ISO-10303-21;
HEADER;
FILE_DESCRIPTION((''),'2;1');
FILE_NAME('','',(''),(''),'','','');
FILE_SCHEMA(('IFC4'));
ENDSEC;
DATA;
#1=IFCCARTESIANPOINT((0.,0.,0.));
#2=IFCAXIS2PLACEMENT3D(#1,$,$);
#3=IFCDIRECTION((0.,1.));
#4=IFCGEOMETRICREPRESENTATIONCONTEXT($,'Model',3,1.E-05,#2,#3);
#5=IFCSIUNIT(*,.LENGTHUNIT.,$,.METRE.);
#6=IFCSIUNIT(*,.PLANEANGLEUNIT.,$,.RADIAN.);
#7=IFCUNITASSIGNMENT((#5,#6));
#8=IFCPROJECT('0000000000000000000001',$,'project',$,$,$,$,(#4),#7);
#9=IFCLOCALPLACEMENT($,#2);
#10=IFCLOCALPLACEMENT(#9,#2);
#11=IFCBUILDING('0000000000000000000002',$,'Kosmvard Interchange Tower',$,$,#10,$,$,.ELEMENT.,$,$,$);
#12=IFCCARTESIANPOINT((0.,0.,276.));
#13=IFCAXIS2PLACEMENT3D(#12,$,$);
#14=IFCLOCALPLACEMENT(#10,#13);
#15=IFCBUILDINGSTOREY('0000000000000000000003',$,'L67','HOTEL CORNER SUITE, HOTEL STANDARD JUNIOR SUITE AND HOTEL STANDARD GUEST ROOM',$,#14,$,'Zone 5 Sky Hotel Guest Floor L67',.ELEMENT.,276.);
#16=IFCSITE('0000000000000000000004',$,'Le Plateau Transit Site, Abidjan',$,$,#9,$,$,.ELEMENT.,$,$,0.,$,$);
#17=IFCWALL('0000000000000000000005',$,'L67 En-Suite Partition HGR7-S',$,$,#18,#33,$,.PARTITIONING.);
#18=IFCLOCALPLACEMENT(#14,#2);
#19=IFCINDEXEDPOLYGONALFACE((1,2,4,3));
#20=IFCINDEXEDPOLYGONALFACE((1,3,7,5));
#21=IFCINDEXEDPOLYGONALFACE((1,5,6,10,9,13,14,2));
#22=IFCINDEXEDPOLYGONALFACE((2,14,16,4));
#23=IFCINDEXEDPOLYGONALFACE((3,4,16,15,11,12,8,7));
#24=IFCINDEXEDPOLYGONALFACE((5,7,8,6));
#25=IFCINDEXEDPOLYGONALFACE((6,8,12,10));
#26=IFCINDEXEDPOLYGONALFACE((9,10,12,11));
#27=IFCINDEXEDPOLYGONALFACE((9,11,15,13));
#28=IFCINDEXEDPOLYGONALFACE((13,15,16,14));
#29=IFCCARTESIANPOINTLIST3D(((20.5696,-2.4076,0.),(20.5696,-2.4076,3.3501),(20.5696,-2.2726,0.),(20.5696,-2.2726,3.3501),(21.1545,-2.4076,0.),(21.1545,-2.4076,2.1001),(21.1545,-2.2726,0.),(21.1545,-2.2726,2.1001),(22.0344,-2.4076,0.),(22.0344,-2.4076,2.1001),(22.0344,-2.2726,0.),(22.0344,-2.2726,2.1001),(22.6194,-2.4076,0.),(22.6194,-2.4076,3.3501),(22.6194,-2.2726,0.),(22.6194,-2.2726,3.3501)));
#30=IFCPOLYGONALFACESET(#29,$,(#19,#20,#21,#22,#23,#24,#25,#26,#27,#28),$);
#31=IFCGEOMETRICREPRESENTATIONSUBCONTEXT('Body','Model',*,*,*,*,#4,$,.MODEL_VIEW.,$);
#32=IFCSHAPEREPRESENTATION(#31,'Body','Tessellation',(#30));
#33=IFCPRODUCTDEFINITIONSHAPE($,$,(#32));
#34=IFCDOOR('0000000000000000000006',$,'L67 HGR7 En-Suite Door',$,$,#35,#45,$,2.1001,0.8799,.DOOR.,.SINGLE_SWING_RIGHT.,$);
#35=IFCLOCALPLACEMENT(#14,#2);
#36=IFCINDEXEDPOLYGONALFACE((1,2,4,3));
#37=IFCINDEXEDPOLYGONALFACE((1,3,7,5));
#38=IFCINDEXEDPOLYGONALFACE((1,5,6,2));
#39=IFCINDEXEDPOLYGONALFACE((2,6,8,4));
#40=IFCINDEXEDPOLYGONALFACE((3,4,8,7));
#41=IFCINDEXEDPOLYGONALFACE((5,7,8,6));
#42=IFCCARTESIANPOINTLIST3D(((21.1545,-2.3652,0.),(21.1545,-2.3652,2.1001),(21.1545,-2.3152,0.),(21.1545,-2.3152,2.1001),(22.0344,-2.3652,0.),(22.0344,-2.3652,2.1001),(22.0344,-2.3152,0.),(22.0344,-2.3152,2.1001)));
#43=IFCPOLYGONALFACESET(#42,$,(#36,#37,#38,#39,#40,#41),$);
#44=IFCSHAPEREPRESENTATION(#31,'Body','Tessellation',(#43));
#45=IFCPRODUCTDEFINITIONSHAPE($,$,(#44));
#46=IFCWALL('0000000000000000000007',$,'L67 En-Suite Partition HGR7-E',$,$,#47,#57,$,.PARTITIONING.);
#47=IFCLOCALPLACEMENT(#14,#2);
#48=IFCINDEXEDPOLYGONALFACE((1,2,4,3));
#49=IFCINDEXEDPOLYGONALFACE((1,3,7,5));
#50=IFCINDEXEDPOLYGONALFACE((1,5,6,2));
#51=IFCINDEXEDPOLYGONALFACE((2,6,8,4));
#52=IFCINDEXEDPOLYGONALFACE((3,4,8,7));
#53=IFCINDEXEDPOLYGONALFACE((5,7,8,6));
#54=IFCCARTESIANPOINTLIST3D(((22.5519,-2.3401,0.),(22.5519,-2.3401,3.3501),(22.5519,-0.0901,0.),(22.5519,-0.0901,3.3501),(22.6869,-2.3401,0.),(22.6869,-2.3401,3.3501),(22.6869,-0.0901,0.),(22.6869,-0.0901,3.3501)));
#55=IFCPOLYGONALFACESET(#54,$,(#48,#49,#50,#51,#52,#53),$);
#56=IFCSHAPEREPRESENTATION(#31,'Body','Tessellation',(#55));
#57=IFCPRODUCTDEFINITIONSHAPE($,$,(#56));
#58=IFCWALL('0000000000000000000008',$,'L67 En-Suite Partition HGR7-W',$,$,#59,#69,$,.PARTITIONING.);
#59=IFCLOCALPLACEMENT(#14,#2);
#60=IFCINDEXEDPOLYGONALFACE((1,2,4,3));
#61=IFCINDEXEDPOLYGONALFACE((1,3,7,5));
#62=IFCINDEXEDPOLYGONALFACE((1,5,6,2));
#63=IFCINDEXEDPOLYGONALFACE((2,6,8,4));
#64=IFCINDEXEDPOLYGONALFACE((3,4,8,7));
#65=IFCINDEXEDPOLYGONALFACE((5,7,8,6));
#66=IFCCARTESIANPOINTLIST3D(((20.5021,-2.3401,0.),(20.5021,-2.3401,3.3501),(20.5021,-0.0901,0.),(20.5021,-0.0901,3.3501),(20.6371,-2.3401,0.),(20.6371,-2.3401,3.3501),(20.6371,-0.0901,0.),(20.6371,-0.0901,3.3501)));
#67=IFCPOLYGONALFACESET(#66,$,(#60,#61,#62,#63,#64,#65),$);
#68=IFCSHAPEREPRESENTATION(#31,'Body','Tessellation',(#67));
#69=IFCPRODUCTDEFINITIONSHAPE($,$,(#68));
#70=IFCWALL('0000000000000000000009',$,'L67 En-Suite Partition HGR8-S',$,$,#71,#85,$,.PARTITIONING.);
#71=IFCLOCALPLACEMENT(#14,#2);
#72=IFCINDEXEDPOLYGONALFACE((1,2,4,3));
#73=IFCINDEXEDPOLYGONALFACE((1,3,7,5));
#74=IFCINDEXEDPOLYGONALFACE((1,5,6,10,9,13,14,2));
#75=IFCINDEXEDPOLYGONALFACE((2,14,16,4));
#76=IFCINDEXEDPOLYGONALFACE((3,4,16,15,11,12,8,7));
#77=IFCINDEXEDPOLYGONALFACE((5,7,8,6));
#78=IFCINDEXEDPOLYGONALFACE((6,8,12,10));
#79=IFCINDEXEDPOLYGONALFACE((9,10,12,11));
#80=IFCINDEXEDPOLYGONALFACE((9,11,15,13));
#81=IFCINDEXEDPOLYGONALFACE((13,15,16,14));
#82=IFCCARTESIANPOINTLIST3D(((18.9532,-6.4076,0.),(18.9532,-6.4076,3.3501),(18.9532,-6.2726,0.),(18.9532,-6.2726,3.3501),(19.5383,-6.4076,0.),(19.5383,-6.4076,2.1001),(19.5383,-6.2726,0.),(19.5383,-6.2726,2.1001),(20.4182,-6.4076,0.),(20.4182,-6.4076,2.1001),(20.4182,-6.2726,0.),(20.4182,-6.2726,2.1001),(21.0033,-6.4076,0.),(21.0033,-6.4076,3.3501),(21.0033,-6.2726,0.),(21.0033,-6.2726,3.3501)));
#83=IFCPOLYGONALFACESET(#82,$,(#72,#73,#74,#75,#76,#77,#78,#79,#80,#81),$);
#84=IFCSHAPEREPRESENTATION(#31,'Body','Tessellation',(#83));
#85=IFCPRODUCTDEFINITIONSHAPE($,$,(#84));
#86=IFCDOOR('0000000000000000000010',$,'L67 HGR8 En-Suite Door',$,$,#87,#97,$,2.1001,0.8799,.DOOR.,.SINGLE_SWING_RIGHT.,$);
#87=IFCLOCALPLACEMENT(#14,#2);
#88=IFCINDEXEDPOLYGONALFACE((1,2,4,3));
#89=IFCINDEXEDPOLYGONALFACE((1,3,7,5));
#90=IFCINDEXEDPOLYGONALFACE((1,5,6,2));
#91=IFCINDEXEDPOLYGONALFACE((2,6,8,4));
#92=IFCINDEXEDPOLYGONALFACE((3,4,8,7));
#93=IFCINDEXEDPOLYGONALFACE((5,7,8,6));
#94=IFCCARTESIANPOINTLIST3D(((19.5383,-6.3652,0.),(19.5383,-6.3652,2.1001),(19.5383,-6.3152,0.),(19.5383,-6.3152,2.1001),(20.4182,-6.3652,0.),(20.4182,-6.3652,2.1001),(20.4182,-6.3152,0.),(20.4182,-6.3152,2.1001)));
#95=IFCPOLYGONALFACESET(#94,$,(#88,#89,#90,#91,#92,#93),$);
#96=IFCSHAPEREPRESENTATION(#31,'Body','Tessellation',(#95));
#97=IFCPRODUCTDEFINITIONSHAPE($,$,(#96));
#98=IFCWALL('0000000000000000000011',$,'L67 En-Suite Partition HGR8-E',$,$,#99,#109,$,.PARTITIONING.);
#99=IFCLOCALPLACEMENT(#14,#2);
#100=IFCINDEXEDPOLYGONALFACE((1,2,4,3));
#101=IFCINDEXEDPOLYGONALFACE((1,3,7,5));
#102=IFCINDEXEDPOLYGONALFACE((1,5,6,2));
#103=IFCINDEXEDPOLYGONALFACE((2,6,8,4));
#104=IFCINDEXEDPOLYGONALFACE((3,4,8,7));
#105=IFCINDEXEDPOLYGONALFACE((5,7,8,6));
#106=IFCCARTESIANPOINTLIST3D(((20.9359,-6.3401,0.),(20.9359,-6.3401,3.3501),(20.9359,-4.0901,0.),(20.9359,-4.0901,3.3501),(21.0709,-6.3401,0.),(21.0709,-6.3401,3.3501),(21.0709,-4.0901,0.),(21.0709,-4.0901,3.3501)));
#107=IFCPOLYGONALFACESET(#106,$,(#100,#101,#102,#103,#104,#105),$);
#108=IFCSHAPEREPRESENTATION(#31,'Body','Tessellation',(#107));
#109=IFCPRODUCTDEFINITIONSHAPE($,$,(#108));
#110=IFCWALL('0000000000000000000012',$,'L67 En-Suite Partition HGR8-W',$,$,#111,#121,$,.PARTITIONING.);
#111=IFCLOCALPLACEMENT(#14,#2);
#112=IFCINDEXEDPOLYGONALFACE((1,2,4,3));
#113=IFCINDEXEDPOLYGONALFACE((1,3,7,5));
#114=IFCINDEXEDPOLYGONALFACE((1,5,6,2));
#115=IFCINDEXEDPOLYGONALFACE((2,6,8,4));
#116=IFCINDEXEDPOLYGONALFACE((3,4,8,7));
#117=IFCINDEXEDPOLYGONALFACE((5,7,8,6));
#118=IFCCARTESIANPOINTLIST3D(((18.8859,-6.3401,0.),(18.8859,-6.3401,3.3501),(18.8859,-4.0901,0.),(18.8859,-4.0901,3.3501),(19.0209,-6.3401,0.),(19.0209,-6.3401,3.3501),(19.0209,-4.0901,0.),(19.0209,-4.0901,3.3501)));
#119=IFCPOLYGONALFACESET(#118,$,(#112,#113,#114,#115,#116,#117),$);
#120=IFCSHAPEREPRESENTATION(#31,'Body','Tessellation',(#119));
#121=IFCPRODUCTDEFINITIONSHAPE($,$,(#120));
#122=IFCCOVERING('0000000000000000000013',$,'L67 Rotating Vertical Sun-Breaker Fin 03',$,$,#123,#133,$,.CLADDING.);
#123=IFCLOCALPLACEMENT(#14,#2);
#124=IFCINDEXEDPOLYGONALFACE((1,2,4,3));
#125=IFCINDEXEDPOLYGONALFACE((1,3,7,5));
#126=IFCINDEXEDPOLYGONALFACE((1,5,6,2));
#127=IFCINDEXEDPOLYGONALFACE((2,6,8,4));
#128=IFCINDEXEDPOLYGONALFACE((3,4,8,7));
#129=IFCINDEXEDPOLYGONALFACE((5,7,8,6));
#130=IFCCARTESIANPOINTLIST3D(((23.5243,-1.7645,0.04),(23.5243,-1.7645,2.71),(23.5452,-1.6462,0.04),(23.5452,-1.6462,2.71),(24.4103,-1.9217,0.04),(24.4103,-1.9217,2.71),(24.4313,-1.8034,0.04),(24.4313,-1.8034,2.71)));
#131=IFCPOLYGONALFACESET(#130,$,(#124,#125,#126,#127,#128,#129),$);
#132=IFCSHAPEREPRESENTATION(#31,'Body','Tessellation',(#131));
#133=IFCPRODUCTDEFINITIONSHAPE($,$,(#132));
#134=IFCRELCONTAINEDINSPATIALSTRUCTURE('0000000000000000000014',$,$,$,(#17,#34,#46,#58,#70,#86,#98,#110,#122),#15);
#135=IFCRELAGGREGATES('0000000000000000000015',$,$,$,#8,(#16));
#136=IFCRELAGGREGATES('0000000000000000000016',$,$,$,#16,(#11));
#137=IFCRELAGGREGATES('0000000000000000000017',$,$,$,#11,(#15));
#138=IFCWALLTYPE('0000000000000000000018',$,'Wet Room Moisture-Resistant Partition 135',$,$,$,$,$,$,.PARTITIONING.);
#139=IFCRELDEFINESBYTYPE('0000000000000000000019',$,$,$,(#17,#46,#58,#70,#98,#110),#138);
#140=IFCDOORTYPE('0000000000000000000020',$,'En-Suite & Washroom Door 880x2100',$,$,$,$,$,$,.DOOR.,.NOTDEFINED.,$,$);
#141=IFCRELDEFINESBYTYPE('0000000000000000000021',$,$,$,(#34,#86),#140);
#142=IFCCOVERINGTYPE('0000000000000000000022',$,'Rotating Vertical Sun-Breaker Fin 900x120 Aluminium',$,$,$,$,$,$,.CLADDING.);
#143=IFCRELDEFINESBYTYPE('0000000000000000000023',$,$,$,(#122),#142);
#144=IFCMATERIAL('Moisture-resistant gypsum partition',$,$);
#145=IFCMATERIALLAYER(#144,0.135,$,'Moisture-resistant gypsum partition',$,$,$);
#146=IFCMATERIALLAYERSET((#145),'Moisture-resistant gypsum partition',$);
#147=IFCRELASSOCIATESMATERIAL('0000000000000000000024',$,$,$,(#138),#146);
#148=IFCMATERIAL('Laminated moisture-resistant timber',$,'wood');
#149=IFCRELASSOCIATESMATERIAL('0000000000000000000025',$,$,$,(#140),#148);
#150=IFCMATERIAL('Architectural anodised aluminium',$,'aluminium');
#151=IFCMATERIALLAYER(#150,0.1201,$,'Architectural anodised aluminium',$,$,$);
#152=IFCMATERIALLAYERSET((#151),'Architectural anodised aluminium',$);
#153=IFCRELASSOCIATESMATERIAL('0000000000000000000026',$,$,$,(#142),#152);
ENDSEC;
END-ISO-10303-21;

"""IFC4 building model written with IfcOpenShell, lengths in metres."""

from ifc_helpers import new_model, si_unit, direction, frame, frame_2d, origin, origin_2d, place, context, subcontext, project, spatial, rectangle, extrude, source, transform, mapped, material, layer, layer_set, type_object, element, fill, save


model = new_model("IFC4")

# Units and contexts
model_context = context("Model", 3, precision=1e-05, world=origin(), true_north=direction((0.0, 1.0)))
body_context = subcontext(model_context, "Body", "Model", "MODEL_VIEW")
ifc_project = project(units=[si_unit("LENGTHUNIT", "METRE"), si_unit("PLANEANGLEUNIT", "RADIAN")], contexts=[model_context])

# Site, building, storey
site_placement = place(None, origin())
site = spatial("IfcSite", under=ifc_project, at=site_placement, Name="Le Plateau Transit Site, Abidjan", CompositionType="ELEMENT", RefElevation=0.0)
building_placement = place(site_placement, origin())
building = spatial("IfcBuilding", under=site, at=building_placement, Name="Kosmvard Interchange Tower", CompositionType="ELEMENT")
storey_placement = place(building_placement, frame((0.0, 0.0, 276.0)))
storey = spatial("IfcBuildingStorey", under=building, at=storey_placement, Name="L67", Description="HOTEL CORNER SUITE, HOTEL STANDARD JUNIOR SUITE AND HOTEL STANDARD GUEST ROOM", LongName="Zone 5 Sky Hotel Guest Floor L67", CompositionType="ELEMENT", Elevation=276.0)

# Wall, opening, door
ifc_material_1 = material(Name="Moisture-resistant gypsum partition")
ifc_layer_1 = layer(ifc_material_1, 0.135, Name="Moisture-resistant gypsum partition")
ifc_layer_set_1 = layer_set([ifc_layer_1], Name="Moisture-resistant gypsum partition")
wall_type_1 = type_object("IfcWallType", Name="Wet Room Moisture-Resistant Partition 135", PredefinedType="PARTITIONING", material=ifc_layer_set_1)
wall_1_placement = place(storey_placement, frame((20.5696, -2.3401, 0.0), z_axis=(0.0, 0.0, 1.0), x_axis=(1.0, 0.0, 0.0)))
wall_1 = element("IfcWall", 1, at=wall_1_placement, inside=storey, type_object=wall_type_1, Name="L67 En-Suite Partition HGR7-S", PredefinedType="PARTITIONING", context=body_context, shape_type="SweptSolid", body=[
    extrude(rectangle(XDim=2.0498, YDim=0.135, at=frame_2d((1.0249, 0.0))), origin(), (0.0, 0.0, 1.0), 3.3501),
])
opening_1_placement = place(wall_1_placement, frame((0.585, 0.0, 0.0)))
opening_1 = element("IfcOpeningElement", 2, at=opening_1_placement, cuts=wall_1, PredefinedType="OPENING", context=body_context, shape_type="SweptSolid", body=[
    extrude(rectangle(XDim=0.8799, YDim=2.1001, at=frame_2d((0.4399, 1.05))), frame((0.0, 0.0776, 0.0), z_axis=(0.0, -1.0, 0.0), x_axis=(1.0, 0.0, 0.0)), (0.0, 0.0, 1.0), 0.155),
])
ifc_material_2 = material(Name="Laminated moisture-resistant timber", Category="wood")
door_type_1 = type_object("IfcDoorType", Name="En-Suite & Washroom Door 880x2100", OperationType="NOTDEFINED", PredefinedType="DOOR", material=ifc_material_2)
shared_shape_1 = source(origin(), body_context, "Body", "SweptSolid", [
    extrude(rectangle(XDim=0.8799, YDim=2.1001, at=frame_2d((0.4399, 1.05))), frame((0.0, 0.0249, 0.0), z_axis=(0.0, -1.0, 0.0), x_axis=(1.0, 0.0, 0.0)), (0.0, 0.0, 1.0), 0.05),
])
door_1_placement = place(opening_1_placement, origin())
door_1 = element("IfcDoor", 3, at=door_1_placement, inside=storey, type_object=door_type_1, Name="L67 HGR7 En-Suite Door", OperationType="SINGLE_SWING_RIGHT", OverallHeight=2.1001, OverallWidth=0.8799, PredefinedType="DOOR", context=body_context, shape_type="MappedRepresentation", body=[
    mapped(shared_shape_1, transform((0.0, 0.0, 0.0), scale=1.0)),
])
fill(opening_1, door_1)

# Walls
for number, where, z_axis, x_axis, name in (
    (4, (22.6194, -2.3401, 0.0), (0.0, 0.0, 1.0), (0.0, 1.0, 0.0), "L67 En-Suite Partition HGR7-E"),
    (5, (20.5696, -2.3401, 0.0), (0.0, 0.0, 1.0), (0.0, 1.0, 0.0), "L67 En-Suite Partition HGR7-W"),
):
    element("IfcWall", number, at=place(storey_placement, frame(where, z_axis=z_axis, x_axis=x_axis)), inside=storey, type_object=wall_type_1, Name=name, PredefinedType="PARTITIONING", context=body_context, shape_type="SweptSolid", body=[
        extrude(rectangle(XDim=2.25, YDim=0.135, at=frame_2d((1.125, 0.0))), origin(), (0.0, 0.0, 1.0), 3.3501),
    ])

# Wall, opening, door
wall_2_placement = place(storey_placement, frame((18.9534, -6.3401, 0.0), z_axis=(0.0, 0.0, 1.0), x_axis=(1.0, 0.0, 0.0)))
wall_2 = element("IfcWall", 6, at=wall_2_placement, inside=storey, type_object=wall_type_1, Name="L67 En-Suite Partition HGR8-S", PredefinedType="PARTITIONING", context=body_context, shape_type="SweptSolid", body=[
    extrude(rectangle(XDim=2.05, YDim=0.135, at=frame_2d((1.0249, 0.0))), origin(), (0.0, 0.0, 1.0), 3.3501),
])
opening_2_placement = place(wall_2_placement, frame((0.585, 0.0, 0.0)))
opening_2 = element("IfcOpeningElement", 7, at=opening_2_placement, cuts=wall_2, PredefinedType="OPENING", context=body_context, shape_type="SweptSolid", body=[
    extrude(rectangle(XDim=0.8799, YDim=2.1001, at=frame_2d((0.4399, 1.05))), frame((0.0, 0.0776, 0.0), z_axis=(0.0, -1.0, 0.0), x_axis=(1.0, 0.0, 0.0)), (0.0, 0.0, 1.0), 0.155),
])
door_2_placement = place(opening_2_placement, origin())
door_2 = element("IfcDoor", 8, at=door_2_placement, inside=storey, type_object=door_type_1, Name="L67 HGR8 En-Suite Door", OperationType="SINGLE_SWING_RIGHT", OverallHeight=2.1001, OverallWidth=0.8799, PredefinedType="DOOR", context=body_context, shape_type="MappedRepresentation", body=[
    mapped(shared_shape_1, transform((0.0, 0.0, 0.0), scale=1.0)),
])
fill(opening_2, door_2)

# Walls
for number, where, z_axis, x_axis, name in (
    (9, (21.0034, -6.3401, 0.0), (0.0, 0.0, 1.0), (0.0, 1.0, 0.0), "L67 En-Suite Partition HGR8-E"),
    (10, (18.9534, -6.3401, 0.0), (0.0, 0.0, 1.0), (0.0, 1.0, 0.0), "L67 En-Suite Partition HGR8-W"),
):
    element("IfcWall", number, at=place(storey_placement, frame(where, z_axis=z_axis, x_axis=x_axis)), inside=storey, type_object=wall_type_1, Name=name, PredefinedType="PARTITIONING", context=body_context, shape_type="SweptSolid", body=[
        extrude(rectangle(XDim=2.25, YDim=0.135, at=frame_2d((1.125, 0.0))), origin(), (0.0, 0.0, 1.0), 3.3501),
    ])

# Covering
ifc_material_3 = material(Name="Architectural anodised aluminium", Category="aluminium")
ifc_layer_2 = layer(ifc_material_3, 0.1201, Name="Architectural anodised aluminium")
ifc_layer_set_2 = layer_set([ifc_layer_2], Name="Architectural anodised aluminium")
covering_type = type_object("IfcCoveringType", Name="Rotating Vertical Sun-Breaker Fin 900x120 Aluminium", PredefinedType="CLADDING", material=ifc_layer_set_2)
shared_shape_2 = source(origin(), body_context, "Body", "SweptSolid", [
    extrude(rectangle(XDim=0.8999, YDim=0.1201, at=origin_2d()), origin(), (0.0, 0.0, 1.0), 2.6699),
])
covering_placement = place(storey_placement, frame((23.9778, -1.7839, 0.04), z_axis=(0.0, 0.0, 1.0), x_axis=(0.984625, -0.174679, 0.0)))
element("IfcCovering", 11, at=covering_placement, inside=storey, type_object=covering_type, Name="L67 Rotating Vertical Sun-Breaker Fin 03", PredefinedType="CLADDING", context=body_context, shape_type="MappedRepresentation", body=[
    mapped(shared_shape_2, transform((0.0, 0.0, 0.0), scale=1.0)),
])

save(model, "model.ifc")
